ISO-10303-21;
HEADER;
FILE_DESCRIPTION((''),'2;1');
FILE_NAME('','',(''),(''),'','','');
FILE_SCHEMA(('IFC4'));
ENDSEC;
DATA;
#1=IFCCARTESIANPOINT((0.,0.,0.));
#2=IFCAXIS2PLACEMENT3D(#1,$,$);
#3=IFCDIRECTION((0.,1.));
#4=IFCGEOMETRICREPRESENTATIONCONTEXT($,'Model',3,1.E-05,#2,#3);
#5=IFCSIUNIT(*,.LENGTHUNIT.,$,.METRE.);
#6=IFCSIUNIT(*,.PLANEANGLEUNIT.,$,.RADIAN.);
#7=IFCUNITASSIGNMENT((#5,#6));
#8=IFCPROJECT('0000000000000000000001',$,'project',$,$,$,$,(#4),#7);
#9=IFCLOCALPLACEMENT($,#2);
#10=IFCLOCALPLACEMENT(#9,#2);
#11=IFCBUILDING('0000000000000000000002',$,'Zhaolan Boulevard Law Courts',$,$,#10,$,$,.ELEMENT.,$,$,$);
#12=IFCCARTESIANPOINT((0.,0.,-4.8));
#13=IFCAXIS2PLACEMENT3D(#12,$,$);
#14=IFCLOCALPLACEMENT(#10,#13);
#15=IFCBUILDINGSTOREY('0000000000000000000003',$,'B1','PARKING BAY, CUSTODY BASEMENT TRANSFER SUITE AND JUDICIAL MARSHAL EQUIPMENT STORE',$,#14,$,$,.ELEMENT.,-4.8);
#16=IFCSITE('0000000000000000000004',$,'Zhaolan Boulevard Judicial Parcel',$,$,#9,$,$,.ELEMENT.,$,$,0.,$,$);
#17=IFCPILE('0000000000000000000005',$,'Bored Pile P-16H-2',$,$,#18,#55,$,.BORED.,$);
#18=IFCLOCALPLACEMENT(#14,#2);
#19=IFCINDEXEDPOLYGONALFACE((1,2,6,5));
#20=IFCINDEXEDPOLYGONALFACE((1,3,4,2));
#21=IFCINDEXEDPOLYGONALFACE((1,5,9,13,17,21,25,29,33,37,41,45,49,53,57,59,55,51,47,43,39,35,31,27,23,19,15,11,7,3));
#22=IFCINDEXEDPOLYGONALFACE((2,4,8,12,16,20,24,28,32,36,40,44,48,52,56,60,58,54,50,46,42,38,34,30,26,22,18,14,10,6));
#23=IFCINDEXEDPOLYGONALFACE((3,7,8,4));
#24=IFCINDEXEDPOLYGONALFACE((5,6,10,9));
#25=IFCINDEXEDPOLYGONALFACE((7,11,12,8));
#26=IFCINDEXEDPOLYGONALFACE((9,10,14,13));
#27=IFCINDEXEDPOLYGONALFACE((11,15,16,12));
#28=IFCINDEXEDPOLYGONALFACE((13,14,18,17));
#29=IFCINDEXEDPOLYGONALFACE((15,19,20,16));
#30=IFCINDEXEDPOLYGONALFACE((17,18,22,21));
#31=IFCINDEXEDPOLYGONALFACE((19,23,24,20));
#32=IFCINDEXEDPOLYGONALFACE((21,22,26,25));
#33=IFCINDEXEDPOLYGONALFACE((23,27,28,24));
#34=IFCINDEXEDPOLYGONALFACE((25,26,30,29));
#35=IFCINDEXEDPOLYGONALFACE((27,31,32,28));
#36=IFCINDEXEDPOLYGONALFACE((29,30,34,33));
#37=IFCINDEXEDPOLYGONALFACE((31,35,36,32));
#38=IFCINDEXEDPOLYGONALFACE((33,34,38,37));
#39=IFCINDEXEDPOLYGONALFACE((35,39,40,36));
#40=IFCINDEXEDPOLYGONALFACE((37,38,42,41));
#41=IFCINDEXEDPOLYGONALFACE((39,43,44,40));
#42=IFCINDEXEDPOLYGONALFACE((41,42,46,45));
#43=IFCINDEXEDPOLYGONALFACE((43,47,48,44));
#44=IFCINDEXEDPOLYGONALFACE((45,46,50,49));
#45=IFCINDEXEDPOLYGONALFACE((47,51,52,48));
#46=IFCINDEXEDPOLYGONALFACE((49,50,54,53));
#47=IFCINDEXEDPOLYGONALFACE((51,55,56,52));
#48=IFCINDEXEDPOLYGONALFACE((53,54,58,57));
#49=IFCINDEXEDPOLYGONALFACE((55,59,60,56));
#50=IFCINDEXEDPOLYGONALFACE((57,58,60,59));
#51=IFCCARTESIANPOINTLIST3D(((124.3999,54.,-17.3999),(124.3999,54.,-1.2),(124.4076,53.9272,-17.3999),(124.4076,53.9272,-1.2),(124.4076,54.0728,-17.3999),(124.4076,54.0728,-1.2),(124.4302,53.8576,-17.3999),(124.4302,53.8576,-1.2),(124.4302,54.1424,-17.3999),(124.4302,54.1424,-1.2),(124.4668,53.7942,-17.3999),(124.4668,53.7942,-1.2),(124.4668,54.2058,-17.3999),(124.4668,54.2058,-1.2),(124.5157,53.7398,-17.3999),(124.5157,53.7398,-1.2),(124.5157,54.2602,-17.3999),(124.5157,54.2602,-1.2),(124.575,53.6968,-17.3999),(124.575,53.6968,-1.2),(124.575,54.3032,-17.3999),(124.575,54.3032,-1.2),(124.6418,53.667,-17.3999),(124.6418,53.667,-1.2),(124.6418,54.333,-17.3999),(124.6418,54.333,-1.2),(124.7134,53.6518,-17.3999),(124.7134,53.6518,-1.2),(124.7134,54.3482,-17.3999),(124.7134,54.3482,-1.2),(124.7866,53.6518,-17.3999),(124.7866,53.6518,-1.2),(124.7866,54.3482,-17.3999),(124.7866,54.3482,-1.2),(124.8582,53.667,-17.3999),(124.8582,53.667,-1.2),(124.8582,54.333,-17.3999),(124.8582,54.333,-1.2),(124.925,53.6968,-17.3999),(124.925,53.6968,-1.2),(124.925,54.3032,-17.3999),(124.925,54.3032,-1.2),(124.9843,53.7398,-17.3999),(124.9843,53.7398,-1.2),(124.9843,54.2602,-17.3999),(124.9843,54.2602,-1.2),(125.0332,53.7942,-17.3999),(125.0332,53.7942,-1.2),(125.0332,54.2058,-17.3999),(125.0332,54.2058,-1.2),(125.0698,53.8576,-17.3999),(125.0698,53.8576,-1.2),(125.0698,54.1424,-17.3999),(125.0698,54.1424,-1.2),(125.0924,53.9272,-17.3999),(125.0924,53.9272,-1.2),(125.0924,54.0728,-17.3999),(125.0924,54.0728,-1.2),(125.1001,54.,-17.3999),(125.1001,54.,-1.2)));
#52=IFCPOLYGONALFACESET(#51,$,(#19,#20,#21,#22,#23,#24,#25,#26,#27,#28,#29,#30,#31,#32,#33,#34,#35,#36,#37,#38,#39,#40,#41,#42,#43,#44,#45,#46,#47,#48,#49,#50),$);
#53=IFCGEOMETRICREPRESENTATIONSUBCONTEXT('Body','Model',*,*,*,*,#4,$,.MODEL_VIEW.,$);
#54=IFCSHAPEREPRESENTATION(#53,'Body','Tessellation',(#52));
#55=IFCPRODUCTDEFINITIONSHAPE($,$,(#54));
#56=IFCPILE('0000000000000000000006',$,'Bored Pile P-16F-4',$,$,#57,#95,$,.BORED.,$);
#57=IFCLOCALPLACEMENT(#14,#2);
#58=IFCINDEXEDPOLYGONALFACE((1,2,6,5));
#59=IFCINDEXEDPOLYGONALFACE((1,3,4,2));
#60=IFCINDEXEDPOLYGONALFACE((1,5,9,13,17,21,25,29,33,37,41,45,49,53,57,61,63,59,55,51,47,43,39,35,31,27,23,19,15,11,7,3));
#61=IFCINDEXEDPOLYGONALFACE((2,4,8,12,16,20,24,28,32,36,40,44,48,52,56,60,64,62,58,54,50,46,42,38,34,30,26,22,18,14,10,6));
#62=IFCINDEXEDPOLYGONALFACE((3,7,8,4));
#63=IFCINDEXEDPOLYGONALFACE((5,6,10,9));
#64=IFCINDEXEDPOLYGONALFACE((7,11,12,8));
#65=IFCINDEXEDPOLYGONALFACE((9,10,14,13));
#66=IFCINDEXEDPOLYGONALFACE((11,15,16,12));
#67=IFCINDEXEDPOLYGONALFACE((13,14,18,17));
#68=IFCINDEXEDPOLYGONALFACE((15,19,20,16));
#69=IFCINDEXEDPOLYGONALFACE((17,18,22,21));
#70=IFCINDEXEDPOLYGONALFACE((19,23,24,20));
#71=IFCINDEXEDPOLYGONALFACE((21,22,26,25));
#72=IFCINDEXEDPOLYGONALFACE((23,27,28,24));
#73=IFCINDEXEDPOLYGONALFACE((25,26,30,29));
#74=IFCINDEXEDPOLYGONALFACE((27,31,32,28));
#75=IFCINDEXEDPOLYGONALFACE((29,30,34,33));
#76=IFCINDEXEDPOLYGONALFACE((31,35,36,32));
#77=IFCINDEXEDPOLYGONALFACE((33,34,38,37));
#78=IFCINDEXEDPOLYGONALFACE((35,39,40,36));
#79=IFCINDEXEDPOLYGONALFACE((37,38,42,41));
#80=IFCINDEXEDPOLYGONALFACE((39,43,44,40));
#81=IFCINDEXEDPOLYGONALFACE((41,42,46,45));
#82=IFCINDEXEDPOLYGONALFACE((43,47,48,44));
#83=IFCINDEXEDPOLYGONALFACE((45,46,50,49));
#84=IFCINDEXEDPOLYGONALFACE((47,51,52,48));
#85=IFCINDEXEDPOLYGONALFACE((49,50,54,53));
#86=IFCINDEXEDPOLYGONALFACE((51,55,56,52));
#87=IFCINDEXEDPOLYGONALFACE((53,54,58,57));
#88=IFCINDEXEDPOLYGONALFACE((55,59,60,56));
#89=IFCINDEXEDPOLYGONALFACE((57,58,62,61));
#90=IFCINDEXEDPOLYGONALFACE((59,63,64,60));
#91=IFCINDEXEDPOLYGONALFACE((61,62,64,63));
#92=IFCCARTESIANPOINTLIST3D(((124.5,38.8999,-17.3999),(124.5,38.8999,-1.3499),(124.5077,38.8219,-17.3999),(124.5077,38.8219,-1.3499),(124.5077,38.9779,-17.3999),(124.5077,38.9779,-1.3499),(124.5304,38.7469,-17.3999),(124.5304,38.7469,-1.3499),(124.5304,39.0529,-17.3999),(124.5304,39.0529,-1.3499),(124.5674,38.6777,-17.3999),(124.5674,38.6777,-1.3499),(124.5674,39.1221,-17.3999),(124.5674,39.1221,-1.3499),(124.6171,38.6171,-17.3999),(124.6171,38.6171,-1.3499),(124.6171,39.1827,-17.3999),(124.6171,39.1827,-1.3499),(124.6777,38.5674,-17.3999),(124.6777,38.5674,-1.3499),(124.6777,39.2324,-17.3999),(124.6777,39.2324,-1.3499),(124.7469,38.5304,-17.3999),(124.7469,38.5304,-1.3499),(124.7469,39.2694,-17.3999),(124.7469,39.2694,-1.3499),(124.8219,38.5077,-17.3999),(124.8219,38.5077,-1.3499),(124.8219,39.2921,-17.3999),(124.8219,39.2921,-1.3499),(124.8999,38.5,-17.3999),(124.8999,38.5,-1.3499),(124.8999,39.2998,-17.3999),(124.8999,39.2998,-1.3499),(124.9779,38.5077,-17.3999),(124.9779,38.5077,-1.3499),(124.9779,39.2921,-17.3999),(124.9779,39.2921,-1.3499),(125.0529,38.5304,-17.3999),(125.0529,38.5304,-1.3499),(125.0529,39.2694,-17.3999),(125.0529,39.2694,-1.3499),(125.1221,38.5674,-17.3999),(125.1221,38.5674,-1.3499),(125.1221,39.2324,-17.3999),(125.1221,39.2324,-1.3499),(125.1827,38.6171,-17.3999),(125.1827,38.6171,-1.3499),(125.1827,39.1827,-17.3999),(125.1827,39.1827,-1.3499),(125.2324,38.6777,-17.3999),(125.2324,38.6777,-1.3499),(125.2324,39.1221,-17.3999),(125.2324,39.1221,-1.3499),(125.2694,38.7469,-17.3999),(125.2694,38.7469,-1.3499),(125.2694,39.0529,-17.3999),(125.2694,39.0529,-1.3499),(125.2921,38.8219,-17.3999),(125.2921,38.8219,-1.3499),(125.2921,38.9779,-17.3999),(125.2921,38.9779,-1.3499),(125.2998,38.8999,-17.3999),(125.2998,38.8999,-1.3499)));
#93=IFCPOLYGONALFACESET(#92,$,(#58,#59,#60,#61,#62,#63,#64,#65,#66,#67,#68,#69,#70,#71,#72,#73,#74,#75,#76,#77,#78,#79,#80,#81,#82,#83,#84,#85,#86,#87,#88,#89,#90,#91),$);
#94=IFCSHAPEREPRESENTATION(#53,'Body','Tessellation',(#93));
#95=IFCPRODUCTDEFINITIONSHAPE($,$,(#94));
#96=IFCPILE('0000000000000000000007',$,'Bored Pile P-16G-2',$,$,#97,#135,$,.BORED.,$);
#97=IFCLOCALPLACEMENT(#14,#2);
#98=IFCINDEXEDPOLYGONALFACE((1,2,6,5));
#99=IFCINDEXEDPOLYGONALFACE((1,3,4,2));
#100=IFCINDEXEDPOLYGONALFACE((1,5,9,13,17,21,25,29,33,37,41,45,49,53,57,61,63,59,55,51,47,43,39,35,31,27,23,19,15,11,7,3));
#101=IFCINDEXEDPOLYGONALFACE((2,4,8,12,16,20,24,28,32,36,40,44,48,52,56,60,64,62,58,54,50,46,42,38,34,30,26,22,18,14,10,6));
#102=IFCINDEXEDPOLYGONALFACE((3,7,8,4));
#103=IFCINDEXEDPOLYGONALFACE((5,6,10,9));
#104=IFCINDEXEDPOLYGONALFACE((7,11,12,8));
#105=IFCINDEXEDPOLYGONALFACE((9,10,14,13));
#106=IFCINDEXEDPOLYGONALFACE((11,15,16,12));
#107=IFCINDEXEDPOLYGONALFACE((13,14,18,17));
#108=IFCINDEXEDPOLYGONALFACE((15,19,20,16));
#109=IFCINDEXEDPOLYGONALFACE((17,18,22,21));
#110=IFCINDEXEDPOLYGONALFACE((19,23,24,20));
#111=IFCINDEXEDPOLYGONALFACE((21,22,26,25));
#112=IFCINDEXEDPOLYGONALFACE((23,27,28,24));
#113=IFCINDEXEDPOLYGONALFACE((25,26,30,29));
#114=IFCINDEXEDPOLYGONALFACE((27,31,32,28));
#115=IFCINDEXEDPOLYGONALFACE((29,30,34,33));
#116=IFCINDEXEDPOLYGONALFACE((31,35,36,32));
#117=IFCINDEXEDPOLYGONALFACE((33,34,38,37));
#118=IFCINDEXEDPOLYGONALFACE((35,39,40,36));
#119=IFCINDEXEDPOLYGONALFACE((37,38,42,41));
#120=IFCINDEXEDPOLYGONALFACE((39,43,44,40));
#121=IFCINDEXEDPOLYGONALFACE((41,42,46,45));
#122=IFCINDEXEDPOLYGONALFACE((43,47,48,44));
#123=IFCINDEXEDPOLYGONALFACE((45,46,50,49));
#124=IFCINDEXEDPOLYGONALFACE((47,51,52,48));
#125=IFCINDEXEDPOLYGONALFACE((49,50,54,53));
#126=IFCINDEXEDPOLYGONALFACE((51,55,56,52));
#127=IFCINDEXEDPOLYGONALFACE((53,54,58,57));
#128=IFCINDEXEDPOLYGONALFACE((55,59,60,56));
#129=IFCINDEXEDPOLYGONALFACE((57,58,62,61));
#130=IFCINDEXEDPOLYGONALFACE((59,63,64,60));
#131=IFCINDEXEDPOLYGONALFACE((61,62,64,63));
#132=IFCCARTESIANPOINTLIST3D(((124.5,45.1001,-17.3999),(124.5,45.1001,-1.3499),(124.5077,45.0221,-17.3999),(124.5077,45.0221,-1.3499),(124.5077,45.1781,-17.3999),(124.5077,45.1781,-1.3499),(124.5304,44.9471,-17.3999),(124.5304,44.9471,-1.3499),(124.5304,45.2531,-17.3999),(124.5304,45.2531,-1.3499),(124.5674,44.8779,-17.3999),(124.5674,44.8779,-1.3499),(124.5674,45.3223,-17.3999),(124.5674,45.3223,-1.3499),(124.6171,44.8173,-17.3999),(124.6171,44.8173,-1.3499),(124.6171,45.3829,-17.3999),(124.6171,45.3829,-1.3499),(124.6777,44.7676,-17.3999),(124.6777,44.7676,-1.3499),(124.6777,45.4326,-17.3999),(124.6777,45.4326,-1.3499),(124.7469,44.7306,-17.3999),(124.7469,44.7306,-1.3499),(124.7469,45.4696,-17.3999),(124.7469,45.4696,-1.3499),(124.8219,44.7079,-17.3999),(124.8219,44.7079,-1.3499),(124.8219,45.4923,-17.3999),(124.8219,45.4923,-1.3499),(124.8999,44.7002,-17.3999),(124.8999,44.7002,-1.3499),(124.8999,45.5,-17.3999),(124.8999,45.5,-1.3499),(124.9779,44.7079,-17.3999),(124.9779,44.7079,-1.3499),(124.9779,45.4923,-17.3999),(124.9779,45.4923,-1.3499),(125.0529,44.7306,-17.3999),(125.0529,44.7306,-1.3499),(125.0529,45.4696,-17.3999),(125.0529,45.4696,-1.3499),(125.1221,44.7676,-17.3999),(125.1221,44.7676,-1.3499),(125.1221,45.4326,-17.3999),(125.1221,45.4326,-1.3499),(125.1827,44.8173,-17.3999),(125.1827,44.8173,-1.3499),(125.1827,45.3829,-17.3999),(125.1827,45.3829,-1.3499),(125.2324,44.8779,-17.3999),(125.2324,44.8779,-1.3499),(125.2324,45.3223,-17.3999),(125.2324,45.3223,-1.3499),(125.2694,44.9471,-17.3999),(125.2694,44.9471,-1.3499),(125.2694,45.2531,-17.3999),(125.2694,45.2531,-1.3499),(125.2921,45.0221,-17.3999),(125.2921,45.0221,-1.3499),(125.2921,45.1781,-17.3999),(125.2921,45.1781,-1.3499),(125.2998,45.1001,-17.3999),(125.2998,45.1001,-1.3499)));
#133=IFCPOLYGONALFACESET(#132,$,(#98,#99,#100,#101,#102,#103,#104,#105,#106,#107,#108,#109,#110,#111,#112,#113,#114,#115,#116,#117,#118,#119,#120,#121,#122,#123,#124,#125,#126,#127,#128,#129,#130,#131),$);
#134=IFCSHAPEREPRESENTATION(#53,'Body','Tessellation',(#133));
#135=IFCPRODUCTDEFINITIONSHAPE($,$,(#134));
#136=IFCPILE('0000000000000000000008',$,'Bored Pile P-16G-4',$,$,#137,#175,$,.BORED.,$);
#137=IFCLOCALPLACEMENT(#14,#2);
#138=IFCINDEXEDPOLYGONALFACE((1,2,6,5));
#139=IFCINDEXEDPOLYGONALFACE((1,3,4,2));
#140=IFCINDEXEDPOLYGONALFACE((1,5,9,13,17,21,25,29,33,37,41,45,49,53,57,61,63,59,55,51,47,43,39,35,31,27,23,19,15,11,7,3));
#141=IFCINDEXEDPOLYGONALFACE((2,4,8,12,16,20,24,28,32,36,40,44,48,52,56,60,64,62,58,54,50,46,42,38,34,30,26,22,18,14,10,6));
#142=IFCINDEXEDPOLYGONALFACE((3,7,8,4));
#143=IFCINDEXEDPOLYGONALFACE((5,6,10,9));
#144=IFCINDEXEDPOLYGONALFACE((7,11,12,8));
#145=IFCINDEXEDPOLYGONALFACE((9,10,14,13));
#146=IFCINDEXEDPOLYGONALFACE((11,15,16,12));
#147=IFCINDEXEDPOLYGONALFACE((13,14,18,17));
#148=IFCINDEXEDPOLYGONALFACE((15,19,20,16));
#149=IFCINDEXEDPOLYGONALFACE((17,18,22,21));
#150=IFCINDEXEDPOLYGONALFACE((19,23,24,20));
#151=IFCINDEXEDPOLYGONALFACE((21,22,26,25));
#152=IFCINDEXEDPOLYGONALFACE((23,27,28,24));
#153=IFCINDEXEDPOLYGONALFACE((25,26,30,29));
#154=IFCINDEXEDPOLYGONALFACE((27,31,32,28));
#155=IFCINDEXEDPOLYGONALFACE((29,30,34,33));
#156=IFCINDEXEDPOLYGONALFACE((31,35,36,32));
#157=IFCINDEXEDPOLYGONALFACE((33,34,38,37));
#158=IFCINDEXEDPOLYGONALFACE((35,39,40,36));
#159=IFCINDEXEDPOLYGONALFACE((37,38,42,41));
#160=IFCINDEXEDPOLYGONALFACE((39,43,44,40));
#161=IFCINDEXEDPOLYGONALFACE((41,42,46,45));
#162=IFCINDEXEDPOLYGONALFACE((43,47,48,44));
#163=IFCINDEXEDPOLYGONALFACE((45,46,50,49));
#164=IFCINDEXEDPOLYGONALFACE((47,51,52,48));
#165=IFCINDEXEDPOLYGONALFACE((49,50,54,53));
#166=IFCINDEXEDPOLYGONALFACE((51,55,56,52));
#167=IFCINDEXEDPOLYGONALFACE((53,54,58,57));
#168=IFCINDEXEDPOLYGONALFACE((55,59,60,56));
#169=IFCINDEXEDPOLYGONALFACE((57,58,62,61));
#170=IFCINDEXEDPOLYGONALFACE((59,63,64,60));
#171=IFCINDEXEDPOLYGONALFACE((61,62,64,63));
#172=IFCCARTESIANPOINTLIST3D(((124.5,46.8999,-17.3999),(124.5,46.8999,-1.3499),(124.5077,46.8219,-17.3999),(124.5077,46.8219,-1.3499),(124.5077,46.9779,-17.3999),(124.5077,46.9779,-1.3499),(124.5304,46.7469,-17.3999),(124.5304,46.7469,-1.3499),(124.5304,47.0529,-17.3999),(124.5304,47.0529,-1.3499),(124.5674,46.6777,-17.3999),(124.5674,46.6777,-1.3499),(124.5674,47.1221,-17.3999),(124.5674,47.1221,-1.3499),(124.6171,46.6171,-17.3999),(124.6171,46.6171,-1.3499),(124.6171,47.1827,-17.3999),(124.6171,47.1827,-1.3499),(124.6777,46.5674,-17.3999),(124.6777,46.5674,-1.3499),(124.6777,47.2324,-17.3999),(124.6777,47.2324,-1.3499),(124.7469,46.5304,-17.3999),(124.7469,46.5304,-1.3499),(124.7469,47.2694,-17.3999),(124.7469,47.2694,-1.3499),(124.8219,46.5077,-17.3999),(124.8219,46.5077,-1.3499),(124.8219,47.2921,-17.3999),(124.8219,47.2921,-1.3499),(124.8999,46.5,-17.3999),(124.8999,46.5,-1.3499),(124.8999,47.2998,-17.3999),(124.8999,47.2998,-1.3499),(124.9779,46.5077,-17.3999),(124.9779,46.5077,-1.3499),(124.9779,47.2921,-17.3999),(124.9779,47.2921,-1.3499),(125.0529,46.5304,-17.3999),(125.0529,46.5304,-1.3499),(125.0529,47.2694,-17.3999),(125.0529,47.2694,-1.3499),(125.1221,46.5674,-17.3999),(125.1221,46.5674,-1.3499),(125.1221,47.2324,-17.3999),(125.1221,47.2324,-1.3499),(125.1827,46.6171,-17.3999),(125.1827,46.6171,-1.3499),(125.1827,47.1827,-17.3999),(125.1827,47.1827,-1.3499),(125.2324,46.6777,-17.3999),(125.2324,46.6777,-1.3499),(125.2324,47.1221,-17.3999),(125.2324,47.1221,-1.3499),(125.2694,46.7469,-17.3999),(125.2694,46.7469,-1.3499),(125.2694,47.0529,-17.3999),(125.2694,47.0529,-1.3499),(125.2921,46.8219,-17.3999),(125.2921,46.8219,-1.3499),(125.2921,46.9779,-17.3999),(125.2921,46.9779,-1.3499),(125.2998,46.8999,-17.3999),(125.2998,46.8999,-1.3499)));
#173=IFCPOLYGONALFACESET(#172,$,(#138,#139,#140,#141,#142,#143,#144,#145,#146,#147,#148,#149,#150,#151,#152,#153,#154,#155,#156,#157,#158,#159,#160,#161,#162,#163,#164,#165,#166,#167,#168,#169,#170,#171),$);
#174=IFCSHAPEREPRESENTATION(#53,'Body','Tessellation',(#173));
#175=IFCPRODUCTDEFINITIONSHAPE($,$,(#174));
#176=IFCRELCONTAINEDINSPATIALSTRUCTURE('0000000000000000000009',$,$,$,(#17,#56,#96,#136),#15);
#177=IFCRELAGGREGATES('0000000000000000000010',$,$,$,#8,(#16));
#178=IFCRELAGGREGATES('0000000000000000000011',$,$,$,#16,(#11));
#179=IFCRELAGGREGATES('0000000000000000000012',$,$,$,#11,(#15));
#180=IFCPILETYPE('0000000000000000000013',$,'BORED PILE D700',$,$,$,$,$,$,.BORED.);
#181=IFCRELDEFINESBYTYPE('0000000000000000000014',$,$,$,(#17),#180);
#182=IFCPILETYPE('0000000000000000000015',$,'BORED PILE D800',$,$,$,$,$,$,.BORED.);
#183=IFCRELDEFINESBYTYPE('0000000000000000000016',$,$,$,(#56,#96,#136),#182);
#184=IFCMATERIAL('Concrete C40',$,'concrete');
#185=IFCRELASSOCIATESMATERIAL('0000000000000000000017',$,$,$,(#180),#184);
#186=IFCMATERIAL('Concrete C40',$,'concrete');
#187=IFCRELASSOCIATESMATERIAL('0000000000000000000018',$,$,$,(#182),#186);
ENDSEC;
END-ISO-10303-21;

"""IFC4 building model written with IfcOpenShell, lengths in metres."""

from ifc_helpers import new_model, si_unit, direction, frame, origin, origin_2d, place, context, subcontext, project, spatial, circle, extrude, material, material_profile, profile_set, type_object, element, save


model = new_model("IFC4")

# Units and contexts
model_context = context("Model", 3, precision=1e-05, world=origin(), true_north=direction((0.0, 1.0)))
body_context = subcontext(model_context, "Body", "Model", "MODEL_VIEW")
ifc_project = project(units=[si_unit("LENGTHUNIT", "METRE"), si_unit("PLANEANGLEUNIT", "RADIAN")], contexts=[model_context])

# Site, building, storey
site_placement = place(None, origin())
site = spatial("IfcSite", under=ifc_project, at=site_placement, Name="Zhaolan Boulevard Judicial Parcel", CompositionType="ELEMENT", RefElevation=0.0)
building_placement = place(site_placement, origin())
building = spatial("IfcBuilding", under=site, at=building_placement, Name="Zhaolan Boulevard Law Courts", CompositionType="ELEMENT")
storey_placement = place(building_placement, frame((0.0, 0.0, -4.8)))
storey = spatial("IfcBuildingStorey", under=building, at=storey_placement, Name="B1", Description="PARKING BAY, CUSTODY BASEMENT TRANSFER SUITE AND JUDICIAL MARSHAL EQUIPMENT STORE", CompositionType="ELEMENT", Elevation=-4.8)

# Piles
ifc_material_1 = material(Name="Concrete C40", Category="concrete")
ifc_material_profile_1 = material_profile(ifc_material_1, circle(Radius=0.3501, at=origin_2d()), Name="PILE-D700")
ifc_profile_set_1 = profile_set([ifc_material_profile_1], Name="Concrete C40")
pile_type_1 = type_object("IfcPileType", Name="BORED PILE D700", PredefinedType="BORED", material=ifc_profile_set_1)
pile_placement = place(storey_placement, frame((124.75, 54.0, -1.2), z_axis=(0.0, 0.0, -1.0), x_axis=(1.0, 0.0, 0.0)))
element("IfcPile", 1, at=pile_placement, inside=storey, type_object=pile_type_1, Name="Bored Pile P-16H-2", PredefinedType="BORED", context=body_context, shape_type="SweptSolid", body=[
    extrude(circle(Radius=0.3501, at=origin_2d()), origin(), (0.0, 0.0, 1.0), 16.2),
])
ifc_material_2 = material(Name="Concrete C40", Category="concrete")
ifc_material_profile_2 = material_profile(ifc_material_2, circle(Radius=0.3999, at=origin_2d()), Name="PILE-D800")
ifc_profile_set_2 = profile_set([ifc_material_profile_2], Name="Concrete C40")
pile_type_2 = type_object("IfcPileType", Name="BORED PILE D800", PredefinedType="BORED", material=ifc_profile_set_2)
for number, where, z_axis, x_axis, name in (
    (2, (124.8999, 38.8999, -1.3499), (0.0, 0.0, -1.0), (1.0, 0.0, 0.0), "Bored Pile P-16F-4"),
    (3, (124.8999, 45.1001, -1.3499), (0.0, 0.0, -1.0), (1.0, 0.0, 0.0), "Bored Pile P-16G-2"),
    (4, (124.8999, 46.8999, -1.3499), (0.0, 0.0, -1.0), (1.0, 0.0, 0.0), "Bored Pile P-16G-4"),
):
    element("IfcPile", number, at=place(storey_placement, frame(where, z_axis=z_axis, x_axis=x_axis)), inside=storey, type_object=pile_type_2, Name=name, PredefinedType="BORED", context=body_context, shape_type="SweptSolid", body=[
        extrude(circle(Radius=0.3999, at=origin_2d()), origin(), (0.0, 0.0, 1.0), 16.05),
    ])

save(model, "model.ifc")
